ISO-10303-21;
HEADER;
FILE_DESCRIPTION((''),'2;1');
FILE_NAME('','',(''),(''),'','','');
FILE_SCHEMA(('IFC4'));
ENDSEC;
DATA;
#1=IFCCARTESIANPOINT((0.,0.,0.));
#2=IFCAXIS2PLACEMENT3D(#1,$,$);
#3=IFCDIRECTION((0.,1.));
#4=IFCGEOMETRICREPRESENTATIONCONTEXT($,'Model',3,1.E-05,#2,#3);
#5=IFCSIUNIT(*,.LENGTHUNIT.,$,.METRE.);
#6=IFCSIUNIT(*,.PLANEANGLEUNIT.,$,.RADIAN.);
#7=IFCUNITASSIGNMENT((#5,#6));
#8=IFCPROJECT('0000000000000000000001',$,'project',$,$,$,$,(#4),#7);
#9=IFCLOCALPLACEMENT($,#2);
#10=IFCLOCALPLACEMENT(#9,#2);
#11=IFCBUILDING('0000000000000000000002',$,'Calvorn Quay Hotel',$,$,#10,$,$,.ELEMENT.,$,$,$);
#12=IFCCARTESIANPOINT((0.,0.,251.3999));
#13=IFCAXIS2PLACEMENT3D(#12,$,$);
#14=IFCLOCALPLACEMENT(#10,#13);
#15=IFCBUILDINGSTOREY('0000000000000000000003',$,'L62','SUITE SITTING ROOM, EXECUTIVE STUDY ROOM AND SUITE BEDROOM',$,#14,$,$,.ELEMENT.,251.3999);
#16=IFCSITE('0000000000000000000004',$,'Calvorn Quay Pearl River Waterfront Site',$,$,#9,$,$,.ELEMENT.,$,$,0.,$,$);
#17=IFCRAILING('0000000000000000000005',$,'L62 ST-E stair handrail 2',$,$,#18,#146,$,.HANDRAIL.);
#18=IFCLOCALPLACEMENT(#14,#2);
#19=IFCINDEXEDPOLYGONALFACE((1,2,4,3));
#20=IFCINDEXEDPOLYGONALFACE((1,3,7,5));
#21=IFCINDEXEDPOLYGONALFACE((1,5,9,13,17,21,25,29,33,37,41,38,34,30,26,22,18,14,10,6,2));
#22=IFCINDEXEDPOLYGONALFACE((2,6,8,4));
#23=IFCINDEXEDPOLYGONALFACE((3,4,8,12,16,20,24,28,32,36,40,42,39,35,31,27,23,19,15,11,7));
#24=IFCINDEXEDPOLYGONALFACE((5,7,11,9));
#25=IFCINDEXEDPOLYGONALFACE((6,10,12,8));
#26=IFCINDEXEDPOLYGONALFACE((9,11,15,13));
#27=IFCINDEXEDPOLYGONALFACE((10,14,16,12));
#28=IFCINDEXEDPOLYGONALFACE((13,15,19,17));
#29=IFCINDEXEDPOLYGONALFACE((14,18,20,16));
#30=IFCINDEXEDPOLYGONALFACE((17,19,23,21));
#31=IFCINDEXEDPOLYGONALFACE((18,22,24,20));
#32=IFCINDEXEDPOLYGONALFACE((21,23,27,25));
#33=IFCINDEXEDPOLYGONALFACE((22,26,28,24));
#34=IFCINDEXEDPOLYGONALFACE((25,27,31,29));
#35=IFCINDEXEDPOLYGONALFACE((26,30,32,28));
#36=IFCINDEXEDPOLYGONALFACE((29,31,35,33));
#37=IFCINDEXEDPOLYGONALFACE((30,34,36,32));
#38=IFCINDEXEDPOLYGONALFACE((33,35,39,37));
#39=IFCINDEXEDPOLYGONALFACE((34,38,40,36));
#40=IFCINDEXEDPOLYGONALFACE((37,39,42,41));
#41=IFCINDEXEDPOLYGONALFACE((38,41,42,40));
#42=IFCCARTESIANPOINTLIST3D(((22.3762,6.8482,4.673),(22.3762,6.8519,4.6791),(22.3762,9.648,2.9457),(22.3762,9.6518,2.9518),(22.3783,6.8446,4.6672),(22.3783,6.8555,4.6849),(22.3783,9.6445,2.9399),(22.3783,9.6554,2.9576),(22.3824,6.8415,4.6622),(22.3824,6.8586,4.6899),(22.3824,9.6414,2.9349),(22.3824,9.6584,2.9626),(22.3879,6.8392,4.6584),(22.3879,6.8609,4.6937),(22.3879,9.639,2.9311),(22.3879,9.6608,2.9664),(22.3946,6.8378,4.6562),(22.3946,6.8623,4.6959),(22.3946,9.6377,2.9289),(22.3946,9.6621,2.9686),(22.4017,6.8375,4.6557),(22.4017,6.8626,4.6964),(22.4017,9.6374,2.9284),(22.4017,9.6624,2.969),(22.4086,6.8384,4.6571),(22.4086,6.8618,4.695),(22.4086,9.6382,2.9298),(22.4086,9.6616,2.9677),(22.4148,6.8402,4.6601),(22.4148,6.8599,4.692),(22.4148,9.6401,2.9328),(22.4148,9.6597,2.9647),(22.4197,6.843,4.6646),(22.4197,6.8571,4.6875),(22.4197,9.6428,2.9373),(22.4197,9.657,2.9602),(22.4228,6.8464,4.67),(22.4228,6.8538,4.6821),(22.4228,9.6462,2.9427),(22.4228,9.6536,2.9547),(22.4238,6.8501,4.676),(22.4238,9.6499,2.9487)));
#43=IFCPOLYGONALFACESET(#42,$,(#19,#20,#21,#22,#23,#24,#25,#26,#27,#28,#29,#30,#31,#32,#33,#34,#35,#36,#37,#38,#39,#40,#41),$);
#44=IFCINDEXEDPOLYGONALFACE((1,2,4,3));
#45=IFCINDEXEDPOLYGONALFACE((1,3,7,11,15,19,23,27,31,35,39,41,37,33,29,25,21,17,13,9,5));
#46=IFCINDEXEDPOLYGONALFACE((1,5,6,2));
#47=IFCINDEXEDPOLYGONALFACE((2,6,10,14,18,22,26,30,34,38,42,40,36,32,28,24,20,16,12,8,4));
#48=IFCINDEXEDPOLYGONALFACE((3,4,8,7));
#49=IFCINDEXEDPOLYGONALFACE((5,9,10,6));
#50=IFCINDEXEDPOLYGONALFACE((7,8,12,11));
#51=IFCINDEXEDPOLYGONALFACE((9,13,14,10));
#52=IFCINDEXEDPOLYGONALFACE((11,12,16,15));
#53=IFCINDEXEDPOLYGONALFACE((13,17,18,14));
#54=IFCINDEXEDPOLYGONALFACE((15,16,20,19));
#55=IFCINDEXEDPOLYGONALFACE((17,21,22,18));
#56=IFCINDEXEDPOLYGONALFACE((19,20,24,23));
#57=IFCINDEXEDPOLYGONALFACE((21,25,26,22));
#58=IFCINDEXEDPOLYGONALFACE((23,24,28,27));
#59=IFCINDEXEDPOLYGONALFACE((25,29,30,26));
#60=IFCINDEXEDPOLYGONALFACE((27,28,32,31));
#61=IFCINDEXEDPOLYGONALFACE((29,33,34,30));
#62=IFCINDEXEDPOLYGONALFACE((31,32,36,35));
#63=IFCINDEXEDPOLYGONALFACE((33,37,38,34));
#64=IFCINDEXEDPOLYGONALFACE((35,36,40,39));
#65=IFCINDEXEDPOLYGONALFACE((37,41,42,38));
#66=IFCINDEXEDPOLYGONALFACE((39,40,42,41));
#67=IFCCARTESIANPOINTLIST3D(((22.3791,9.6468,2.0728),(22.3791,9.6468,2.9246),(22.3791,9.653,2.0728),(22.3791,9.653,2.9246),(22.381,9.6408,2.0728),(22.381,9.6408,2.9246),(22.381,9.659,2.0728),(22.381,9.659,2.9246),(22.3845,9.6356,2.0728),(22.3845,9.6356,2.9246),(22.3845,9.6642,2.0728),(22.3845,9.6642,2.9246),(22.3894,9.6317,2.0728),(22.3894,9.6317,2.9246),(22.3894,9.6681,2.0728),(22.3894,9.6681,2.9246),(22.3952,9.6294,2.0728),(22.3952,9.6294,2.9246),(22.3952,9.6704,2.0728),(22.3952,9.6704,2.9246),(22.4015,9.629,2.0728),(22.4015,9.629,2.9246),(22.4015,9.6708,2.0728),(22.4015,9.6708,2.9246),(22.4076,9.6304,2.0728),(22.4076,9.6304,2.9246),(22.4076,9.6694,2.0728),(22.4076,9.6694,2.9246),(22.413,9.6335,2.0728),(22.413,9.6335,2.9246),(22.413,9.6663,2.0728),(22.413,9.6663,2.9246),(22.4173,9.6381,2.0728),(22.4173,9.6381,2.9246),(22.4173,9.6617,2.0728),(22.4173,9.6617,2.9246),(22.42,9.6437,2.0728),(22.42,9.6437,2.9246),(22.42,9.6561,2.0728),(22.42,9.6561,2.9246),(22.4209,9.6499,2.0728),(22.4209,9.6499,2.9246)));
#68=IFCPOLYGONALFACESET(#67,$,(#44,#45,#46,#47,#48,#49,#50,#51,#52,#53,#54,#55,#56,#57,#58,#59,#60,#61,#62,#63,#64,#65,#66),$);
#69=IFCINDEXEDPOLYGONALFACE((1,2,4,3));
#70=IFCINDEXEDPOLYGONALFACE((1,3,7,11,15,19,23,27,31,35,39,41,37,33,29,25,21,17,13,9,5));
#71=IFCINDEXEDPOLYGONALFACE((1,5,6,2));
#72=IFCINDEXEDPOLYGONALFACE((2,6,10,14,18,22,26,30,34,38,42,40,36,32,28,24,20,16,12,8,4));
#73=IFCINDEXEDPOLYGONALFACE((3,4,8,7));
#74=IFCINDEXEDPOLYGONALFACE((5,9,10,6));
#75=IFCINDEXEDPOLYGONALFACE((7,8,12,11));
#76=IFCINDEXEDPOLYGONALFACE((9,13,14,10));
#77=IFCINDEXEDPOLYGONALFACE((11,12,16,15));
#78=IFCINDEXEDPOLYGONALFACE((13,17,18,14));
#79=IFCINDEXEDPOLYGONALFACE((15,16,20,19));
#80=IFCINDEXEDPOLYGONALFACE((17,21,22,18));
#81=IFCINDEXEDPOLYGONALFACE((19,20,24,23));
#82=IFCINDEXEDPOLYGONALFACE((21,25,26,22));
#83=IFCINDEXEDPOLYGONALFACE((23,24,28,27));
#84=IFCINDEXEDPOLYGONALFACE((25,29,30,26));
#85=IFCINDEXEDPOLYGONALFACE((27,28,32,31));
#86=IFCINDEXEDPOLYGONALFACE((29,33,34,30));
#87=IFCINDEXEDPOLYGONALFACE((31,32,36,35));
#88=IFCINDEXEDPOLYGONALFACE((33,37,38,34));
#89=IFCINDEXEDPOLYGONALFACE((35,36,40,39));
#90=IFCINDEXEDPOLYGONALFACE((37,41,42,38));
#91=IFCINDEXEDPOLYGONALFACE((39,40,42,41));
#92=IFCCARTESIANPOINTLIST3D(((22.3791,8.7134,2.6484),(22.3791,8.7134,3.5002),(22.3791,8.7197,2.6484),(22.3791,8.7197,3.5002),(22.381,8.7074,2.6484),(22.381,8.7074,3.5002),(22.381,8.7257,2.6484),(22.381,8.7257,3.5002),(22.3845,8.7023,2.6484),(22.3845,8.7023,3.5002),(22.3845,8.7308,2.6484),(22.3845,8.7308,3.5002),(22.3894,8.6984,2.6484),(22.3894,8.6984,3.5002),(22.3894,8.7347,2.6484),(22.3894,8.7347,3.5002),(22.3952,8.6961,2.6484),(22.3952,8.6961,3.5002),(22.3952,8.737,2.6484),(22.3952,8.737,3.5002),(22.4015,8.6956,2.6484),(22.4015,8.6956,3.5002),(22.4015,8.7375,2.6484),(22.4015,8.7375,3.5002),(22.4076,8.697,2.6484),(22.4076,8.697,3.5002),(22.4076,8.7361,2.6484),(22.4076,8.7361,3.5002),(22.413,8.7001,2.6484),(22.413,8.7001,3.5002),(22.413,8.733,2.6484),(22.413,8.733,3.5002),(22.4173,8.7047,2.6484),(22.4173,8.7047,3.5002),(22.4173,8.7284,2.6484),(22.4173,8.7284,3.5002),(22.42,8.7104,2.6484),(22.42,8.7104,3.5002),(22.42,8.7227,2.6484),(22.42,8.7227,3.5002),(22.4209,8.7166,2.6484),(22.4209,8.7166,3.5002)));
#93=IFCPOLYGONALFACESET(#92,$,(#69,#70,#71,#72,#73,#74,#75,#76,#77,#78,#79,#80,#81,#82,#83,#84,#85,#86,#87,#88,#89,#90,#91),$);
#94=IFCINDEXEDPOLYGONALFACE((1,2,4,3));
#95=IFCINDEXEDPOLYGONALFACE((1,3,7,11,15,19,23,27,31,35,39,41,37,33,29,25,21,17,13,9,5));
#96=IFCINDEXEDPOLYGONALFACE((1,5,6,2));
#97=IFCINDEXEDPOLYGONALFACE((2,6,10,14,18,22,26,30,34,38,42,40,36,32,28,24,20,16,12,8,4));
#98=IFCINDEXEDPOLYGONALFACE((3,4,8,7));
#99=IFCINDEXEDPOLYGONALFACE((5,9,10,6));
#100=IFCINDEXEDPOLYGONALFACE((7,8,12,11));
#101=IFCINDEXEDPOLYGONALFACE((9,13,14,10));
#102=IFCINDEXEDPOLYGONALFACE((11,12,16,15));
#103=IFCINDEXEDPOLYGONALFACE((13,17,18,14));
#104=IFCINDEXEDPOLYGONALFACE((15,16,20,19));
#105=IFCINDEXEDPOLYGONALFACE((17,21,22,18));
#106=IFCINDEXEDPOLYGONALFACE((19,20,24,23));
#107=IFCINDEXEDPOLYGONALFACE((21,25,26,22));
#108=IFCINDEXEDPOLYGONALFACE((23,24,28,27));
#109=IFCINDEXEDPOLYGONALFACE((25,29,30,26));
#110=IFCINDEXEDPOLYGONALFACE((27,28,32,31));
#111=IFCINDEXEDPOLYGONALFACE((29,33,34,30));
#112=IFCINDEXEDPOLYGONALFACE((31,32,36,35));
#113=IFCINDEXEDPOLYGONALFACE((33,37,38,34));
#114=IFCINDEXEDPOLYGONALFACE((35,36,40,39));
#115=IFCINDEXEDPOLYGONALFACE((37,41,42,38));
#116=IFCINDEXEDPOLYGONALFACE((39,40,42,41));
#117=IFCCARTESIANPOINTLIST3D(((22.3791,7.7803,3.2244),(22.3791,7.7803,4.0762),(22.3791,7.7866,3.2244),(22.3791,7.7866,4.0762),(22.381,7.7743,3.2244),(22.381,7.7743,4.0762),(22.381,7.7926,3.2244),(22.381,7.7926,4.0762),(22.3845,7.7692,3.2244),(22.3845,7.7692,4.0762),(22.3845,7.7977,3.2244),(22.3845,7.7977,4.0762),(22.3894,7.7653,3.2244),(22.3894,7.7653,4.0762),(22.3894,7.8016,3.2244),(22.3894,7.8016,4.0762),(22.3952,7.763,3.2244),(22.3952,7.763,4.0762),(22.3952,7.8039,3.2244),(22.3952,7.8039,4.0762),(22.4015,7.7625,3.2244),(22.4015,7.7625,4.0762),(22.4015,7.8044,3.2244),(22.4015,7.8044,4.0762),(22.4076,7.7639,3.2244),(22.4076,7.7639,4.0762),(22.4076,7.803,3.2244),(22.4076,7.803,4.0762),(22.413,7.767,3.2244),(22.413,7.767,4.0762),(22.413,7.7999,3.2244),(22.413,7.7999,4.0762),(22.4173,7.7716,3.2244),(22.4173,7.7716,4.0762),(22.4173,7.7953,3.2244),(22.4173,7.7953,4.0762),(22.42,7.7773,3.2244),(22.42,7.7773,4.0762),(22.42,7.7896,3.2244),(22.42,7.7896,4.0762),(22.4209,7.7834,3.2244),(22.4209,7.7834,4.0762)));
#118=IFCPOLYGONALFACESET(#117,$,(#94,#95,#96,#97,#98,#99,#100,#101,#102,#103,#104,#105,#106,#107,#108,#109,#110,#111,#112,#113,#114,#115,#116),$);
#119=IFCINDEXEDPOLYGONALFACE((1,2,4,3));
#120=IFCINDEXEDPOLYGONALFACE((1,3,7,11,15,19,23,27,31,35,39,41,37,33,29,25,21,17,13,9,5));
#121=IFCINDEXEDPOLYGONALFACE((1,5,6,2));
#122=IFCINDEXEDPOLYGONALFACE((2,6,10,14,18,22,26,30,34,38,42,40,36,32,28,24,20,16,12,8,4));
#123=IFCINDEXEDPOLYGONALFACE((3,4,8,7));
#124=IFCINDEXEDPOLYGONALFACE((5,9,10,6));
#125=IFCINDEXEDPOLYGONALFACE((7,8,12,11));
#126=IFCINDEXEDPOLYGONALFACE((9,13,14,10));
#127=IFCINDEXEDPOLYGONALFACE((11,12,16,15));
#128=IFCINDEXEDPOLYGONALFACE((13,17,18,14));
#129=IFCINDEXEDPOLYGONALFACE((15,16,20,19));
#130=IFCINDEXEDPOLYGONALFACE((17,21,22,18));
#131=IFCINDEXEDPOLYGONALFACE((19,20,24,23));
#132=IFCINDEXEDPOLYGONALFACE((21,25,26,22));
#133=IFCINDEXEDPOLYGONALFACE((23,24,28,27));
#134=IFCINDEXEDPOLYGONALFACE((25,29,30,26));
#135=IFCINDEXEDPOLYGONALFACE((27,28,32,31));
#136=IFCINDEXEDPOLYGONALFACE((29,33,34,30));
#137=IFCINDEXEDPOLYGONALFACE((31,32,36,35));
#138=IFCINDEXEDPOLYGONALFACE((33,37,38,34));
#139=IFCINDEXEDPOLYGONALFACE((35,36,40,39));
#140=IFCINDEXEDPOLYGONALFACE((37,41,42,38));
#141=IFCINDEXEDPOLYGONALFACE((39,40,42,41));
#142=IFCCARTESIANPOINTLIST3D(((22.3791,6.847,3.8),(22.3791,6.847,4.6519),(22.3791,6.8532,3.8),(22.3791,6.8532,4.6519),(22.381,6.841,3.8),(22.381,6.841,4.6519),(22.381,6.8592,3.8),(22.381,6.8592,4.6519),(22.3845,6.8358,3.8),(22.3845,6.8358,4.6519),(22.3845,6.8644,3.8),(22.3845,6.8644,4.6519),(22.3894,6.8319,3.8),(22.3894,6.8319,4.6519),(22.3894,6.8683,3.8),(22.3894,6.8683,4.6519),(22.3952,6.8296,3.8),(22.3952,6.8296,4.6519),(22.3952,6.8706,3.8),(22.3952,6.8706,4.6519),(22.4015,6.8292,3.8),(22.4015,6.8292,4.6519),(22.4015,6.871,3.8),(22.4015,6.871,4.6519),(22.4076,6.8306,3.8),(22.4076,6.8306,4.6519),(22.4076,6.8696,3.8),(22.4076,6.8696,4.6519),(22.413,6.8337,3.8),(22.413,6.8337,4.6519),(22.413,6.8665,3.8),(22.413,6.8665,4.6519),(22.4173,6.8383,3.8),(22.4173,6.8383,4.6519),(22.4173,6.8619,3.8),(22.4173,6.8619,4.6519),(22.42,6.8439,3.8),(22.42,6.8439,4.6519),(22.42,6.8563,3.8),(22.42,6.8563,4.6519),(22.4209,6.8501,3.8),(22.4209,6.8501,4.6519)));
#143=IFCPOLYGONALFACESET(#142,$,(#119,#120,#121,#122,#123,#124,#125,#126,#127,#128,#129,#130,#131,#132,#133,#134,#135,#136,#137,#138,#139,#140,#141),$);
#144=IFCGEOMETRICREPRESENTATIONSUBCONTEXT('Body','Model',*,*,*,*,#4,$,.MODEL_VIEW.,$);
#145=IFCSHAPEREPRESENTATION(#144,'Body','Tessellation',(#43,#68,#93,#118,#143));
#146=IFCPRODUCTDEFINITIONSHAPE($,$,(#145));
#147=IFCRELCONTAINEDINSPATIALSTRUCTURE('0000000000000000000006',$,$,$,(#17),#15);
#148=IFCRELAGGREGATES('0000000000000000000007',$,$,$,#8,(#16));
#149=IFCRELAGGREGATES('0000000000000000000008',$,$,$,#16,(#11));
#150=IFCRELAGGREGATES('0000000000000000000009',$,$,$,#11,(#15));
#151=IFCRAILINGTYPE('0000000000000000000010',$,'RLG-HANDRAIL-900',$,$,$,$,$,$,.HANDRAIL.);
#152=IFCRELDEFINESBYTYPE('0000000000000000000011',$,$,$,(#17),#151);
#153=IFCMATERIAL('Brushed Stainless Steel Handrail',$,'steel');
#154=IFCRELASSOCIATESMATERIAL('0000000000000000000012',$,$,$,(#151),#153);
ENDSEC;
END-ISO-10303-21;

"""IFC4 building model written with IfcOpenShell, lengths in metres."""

from ifc_helpers import new_model, si_unit, direction, frame, origin, origin_2d, place, context, subcontext, project, spatial, circle, extrude, material, type_object, element, save


model = new_model("IFC4")

# Units and contexts
model_context = context("Model", 3, precision=1e-05, world=origin(), true_north=direction((0.0, 1.0)))
body_context = subcontext(model_context, "Body", "Model", "MODEL_VIEW")
ifc_project = project(units=[si_unit("LENGTHUNIT", "METRE"), si_unit("PLANEANGLEUNIT", "RADIAN")], contexts=[model_context])

# Site, building, storey
site_placement = place(None, origin())
site = spatial("IfcSite", under=ifc_project, at=site_placement, Name="Calvorn Quay Pearl River Waterfront Site", CompositionType="ELEMENT", RefElevation=0.0)
building_placement = place(site_placement, origin())
building = spatial("IfcBuilding", under=site, at=building_placement, Name="Calvorn Quay Hotel", CompositionType="ELEMENT")
storey_placement = place(building_placement, frame((0.0, 0.0, 251.3999)))
storey = spatial("IfcBuildingStorey", under=building, at=storey_placement, Name="L62", Description="SUITE SITTING ROOM, EXECUTIVE STUDY ROOM AND SUITE BEDROOM", CompositionType="ELEMENT", Elevation=251.3999)

# Railing
ifc_material_1 = material(Name="Brushed Stainless Steel Handrail", Category="steel")
railing_type_1 = type_object("IfcRailingType", Name="RLG-HANDRAIL-900", PredefinedType="HANDRAIL", material=ifc_material_1)
railing_1_placement = place(storey_placement, frame((22.3999, 9.6499, 2.0728)))
element("IfcRailing", 1, at=railing_1_placement, inside=storey, type_object=railing_type_1, Name="L62 ST-E stair handrail 2", PredefinedType="HANDRAIL", context=body_context, shape_type="SweptSolid", body=[
    extrude(circle(Radius=0.0239, at=origin_2d()), frame((0.0, 0.0, 0.876), z_axis=(0.0, -0.851069, 0.525054), x_axis=(1.0, 0.0, 0.0)), (0.0, 0.0, 1.0), 3.2898),
    extrude(circle(Radius=0.021, at=origin_2d()), origin(), (0.0, 0.0, 1.0), 0.8518),
    extrude(circle(Radius=0.021, at=origin_2d()), frame((0.0, -0.9333, 0.5757)), (0.0, 0.0, 1.0), 0.8518),
    extrude(circle(Radius=0.021, at=origin_2d()), frame((0.0, -1.8665, 1.1516)), (0.0, 0.0, 1.0), 0.8518),
    extrude(circle(Radius=0.021, at=origin_2d()), frame((0.0, -2.7998, 1.7273)), (0.0, 0.0, 1.0), 0.8518),
])

save(model, "model.ifc")
